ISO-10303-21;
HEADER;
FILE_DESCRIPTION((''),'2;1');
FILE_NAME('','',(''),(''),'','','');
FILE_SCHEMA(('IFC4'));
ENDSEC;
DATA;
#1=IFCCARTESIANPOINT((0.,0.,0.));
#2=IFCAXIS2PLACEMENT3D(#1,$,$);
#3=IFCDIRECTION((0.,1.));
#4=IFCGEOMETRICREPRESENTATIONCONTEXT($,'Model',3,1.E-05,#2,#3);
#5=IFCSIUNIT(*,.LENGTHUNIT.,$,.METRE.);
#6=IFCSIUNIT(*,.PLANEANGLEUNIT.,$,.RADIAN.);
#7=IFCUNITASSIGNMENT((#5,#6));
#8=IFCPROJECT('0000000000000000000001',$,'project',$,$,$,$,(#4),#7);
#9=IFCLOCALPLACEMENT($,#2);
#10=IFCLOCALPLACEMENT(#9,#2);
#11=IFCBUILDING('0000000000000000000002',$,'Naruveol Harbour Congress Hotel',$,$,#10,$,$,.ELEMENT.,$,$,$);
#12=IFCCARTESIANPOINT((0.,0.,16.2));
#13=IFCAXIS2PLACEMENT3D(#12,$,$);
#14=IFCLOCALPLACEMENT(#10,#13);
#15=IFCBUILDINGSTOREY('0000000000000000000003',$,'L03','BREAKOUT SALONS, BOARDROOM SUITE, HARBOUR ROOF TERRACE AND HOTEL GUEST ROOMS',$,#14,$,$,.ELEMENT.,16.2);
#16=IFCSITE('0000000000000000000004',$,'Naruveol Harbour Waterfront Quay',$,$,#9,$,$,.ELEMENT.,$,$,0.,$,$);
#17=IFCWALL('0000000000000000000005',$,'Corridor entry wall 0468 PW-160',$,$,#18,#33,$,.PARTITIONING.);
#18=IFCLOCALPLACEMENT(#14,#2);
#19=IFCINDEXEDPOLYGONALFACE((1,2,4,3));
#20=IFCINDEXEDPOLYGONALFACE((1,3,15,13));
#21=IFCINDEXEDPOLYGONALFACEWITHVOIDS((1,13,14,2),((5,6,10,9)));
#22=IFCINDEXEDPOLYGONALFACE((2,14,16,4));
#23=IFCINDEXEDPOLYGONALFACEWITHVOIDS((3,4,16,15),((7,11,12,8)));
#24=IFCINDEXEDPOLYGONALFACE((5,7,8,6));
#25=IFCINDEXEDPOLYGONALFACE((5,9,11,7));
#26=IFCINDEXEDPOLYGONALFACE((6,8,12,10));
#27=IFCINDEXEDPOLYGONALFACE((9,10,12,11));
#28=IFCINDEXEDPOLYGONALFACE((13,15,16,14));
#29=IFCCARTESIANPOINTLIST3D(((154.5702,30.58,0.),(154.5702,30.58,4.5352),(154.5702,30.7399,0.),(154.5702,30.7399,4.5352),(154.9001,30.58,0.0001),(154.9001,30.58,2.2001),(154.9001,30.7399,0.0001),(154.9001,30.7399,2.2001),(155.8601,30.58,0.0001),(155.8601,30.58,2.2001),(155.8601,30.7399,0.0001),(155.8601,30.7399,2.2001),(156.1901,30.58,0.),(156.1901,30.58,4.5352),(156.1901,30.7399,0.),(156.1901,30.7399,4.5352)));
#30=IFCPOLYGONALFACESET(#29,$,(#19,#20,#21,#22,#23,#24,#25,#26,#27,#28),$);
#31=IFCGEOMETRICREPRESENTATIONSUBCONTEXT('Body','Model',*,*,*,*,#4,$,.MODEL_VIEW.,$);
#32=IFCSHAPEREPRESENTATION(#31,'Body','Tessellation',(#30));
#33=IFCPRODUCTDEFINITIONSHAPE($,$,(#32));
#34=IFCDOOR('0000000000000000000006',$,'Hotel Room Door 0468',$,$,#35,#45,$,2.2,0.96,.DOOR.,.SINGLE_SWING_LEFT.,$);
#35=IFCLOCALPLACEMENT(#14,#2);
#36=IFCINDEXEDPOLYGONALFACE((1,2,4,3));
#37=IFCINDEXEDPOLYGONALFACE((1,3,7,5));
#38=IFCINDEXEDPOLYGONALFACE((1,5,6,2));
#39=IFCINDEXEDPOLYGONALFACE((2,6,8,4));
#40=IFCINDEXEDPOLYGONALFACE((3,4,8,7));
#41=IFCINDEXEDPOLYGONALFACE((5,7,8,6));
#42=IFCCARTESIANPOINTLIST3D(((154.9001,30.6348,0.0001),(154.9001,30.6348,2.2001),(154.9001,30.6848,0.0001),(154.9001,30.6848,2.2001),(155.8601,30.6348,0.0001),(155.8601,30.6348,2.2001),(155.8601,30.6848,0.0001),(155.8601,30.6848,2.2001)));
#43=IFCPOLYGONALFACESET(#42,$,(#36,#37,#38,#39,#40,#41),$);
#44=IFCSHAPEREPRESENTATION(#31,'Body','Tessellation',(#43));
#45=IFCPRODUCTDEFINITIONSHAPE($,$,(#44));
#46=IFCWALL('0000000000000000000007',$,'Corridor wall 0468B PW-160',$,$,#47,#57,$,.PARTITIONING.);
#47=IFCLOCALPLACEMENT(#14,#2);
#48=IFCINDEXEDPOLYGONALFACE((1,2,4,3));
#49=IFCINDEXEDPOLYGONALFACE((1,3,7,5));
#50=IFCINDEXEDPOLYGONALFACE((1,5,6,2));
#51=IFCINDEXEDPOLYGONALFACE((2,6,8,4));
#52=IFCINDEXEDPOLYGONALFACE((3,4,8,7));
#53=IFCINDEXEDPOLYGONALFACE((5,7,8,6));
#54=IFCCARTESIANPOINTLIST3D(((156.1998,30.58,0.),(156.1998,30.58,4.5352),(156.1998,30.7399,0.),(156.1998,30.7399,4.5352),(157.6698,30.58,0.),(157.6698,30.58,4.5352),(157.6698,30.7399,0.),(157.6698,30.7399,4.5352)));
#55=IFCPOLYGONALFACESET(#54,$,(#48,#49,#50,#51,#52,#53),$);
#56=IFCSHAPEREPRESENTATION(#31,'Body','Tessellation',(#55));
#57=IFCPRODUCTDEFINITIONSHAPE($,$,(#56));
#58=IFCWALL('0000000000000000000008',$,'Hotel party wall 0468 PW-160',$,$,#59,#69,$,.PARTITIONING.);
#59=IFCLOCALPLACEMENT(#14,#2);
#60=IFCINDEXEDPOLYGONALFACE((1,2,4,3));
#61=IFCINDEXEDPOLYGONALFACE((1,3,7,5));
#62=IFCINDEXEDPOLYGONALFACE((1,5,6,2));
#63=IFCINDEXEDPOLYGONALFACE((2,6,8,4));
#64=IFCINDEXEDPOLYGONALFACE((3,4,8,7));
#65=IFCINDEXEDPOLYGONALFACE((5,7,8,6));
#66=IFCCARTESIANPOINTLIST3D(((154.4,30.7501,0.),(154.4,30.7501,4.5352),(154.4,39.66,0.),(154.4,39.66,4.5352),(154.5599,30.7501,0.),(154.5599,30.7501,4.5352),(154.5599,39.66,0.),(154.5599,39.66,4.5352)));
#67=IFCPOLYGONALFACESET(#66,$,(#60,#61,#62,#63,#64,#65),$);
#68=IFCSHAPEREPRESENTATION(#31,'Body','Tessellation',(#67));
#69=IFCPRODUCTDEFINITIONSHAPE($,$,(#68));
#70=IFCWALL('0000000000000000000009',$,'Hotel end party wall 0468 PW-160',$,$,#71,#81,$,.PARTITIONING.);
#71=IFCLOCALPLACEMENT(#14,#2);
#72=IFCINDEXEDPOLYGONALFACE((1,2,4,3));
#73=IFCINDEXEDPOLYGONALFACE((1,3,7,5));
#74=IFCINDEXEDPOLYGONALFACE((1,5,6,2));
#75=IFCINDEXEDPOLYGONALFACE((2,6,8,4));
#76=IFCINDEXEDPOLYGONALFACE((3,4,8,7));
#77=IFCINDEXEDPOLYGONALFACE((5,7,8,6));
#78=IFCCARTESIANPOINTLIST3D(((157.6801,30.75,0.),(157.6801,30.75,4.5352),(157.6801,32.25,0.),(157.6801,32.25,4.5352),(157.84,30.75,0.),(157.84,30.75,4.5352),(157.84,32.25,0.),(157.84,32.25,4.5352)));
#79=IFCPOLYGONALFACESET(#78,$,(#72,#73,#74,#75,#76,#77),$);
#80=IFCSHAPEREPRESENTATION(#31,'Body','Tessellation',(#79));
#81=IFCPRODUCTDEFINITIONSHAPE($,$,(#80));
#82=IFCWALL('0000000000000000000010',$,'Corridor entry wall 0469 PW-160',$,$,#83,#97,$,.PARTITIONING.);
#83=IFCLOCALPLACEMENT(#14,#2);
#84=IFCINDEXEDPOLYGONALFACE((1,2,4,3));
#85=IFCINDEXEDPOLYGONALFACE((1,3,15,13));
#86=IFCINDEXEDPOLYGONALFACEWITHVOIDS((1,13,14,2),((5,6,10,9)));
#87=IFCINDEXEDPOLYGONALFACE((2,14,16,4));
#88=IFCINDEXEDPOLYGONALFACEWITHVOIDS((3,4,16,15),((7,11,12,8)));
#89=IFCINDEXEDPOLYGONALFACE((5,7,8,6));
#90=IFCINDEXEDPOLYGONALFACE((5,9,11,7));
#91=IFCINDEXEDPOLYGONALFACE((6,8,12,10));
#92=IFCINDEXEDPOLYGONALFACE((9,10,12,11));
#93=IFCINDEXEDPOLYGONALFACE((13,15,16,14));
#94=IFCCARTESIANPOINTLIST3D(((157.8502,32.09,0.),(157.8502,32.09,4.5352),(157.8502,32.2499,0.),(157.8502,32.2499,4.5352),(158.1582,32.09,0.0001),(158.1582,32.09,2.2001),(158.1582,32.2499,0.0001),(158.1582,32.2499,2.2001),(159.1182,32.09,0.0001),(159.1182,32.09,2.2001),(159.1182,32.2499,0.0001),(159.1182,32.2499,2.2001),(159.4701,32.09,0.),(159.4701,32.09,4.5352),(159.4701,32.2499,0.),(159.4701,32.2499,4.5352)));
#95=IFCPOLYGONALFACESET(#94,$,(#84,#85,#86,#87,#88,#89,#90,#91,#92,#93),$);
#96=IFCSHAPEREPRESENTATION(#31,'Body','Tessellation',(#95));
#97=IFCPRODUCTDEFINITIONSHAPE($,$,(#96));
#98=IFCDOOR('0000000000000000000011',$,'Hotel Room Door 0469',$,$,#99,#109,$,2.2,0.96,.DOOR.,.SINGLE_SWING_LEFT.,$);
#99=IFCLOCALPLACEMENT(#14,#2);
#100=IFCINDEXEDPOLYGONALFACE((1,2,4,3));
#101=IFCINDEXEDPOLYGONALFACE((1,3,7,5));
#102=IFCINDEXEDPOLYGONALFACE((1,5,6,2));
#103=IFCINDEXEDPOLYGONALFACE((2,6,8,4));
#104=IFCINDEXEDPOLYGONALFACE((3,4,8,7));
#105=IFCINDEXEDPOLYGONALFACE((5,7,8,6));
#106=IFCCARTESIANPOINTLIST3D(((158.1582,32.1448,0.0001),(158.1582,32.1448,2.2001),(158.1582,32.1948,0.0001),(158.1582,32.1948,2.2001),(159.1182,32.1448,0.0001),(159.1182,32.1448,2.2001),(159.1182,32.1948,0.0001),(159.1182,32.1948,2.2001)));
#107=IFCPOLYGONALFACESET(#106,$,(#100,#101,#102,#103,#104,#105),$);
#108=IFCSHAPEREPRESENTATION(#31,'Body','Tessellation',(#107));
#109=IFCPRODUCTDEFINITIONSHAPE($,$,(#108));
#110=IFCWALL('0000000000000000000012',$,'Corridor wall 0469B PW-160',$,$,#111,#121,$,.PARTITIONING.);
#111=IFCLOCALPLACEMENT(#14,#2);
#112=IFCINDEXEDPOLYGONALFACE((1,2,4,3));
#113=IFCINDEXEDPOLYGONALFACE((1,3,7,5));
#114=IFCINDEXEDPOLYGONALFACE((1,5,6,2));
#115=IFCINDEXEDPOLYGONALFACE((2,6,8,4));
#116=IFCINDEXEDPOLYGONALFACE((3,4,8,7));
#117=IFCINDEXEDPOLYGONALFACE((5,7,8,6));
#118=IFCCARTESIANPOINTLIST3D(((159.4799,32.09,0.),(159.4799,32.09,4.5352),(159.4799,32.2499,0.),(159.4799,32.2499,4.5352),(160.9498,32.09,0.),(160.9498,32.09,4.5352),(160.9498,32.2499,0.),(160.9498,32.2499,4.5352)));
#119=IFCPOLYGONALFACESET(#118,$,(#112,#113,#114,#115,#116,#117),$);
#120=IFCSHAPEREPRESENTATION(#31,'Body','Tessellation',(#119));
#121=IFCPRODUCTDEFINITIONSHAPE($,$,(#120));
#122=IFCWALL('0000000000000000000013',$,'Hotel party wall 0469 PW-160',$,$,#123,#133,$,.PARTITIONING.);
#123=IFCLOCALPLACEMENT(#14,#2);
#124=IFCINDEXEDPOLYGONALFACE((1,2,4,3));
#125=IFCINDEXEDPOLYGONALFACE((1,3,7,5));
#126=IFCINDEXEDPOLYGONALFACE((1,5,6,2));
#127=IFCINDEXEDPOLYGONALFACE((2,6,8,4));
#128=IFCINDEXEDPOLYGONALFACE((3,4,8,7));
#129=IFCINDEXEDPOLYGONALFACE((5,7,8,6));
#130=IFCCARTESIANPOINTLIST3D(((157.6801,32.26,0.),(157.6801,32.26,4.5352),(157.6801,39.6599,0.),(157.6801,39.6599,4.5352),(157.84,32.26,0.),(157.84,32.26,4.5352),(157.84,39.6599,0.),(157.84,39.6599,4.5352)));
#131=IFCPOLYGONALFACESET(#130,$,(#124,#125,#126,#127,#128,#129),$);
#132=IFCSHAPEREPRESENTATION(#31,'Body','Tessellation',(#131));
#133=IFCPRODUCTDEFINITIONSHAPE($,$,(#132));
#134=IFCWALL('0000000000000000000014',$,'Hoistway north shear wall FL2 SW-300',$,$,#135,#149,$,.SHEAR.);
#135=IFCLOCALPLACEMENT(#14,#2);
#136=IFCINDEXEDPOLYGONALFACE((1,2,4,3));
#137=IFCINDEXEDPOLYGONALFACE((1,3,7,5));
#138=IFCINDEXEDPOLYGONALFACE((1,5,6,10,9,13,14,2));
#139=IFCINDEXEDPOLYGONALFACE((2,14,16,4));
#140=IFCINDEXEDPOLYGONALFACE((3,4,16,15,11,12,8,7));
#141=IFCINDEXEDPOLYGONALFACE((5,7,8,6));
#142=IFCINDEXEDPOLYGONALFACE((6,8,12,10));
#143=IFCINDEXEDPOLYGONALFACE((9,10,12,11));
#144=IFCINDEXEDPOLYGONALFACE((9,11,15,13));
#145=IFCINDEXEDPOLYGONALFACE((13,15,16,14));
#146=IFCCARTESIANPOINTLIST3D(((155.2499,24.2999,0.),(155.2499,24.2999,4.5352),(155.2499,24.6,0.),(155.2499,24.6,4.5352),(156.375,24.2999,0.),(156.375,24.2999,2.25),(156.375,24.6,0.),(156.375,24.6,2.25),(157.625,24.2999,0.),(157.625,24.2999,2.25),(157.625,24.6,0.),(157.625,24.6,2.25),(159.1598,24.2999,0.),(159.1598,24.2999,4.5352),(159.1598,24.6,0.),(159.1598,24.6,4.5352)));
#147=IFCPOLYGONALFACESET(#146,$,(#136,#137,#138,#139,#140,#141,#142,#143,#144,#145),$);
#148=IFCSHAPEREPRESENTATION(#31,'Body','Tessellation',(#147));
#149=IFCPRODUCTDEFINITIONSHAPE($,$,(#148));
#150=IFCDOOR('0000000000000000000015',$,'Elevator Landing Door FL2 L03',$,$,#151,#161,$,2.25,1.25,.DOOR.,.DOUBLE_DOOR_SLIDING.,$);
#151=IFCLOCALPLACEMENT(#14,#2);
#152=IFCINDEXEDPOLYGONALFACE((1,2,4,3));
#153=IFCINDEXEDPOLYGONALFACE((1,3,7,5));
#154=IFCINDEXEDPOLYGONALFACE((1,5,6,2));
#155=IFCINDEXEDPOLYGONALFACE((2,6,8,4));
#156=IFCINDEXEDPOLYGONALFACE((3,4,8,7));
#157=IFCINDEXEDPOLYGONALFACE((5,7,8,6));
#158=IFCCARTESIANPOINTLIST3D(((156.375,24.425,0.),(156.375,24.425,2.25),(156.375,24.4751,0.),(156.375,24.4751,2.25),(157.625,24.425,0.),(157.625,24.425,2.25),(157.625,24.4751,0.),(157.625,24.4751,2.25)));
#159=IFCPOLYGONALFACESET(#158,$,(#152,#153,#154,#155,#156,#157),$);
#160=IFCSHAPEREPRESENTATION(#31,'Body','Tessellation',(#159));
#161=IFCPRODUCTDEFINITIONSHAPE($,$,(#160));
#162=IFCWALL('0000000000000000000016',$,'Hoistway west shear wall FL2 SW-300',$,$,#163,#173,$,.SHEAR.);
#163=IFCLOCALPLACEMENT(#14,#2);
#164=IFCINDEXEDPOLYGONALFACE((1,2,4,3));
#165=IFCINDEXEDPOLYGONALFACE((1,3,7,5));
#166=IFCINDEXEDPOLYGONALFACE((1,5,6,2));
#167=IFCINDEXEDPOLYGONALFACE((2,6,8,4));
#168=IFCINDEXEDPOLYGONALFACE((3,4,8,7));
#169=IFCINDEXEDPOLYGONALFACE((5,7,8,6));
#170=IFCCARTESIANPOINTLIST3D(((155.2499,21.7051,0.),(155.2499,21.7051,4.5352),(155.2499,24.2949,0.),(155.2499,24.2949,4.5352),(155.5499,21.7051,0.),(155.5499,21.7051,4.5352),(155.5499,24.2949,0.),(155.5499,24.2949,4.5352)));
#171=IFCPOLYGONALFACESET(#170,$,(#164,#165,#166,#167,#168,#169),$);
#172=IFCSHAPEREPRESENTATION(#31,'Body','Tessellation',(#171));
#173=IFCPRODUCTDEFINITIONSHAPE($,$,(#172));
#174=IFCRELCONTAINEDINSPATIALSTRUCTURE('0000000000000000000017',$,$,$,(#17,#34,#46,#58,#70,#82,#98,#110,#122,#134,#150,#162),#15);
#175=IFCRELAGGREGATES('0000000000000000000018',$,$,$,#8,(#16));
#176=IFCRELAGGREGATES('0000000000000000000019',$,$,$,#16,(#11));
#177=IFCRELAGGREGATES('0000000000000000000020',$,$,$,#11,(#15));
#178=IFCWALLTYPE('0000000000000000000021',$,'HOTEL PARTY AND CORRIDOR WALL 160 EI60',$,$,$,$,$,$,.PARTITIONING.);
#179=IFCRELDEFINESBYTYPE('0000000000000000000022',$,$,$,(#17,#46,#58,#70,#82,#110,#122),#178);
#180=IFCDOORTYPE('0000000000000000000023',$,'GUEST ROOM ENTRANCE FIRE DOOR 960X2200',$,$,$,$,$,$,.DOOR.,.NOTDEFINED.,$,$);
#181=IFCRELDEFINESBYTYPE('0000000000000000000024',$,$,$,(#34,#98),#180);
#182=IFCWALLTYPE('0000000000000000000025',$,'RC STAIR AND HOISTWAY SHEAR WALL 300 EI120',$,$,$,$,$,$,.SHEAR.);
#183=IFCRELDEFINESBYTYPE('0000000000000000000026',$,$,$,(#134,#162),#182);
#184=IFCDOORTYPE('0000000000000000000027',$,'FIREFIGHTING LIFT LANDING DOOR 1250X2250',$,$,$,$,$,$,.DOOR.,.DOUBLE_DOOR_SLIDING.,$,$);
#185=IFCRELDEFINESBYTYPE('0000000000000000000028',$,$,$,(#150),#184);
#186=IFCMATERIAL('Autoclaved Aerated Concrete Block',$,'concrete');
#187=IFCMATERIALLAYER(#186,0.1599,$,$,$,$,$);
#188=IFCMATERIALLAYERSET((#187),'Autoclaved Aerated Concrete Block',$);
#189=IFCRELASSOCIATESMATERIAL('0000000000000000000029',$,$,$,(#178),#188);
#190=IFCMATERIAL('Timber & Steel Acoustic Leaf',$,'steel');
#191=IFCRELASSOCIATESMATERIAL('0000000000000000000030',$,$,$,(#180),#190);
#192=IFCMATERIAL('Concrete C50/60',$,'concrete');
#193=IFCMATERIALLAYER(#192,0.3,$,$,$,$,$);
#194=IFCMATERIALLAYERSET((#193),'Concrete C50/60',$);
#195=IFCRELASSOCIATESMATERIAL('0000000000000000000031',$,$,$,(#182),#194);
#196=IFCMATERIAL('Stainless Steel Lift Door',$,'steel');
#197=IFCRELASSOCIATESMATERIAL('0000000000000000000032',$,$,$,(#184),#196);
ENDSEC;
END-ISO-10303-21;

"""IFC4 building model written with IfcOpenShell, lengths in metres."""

from ifc_helpers import new_model, si_unit, direction, frame, frame_2d, origin, place, context, subcontext, project, spatial, rectangle, extrude, material, layer, layer_set, type_object, element, fill, save


model = new_model("IFC4")

# Units and contexts
model_context = context("Model", 3, precision=1e-05, world=origin(), true_north=direction((0.0, 1.0)))
body_context = subcontext(model_context, "Body", "Model", "MODEL_VIEW")
ifc_project = project(units=[si_unit("LENGTHUNIT", "METRE"), si_unit("PLANEANGLEUNIT", "RADIAN")], contexts=[model_context])

# Site, building, storey
site_placement = place(None, origin())
site = spatial("IfcSite", under=ifc_project, at=site_placement, Name="Naruveol Harbour Waterfront Quay", CompositionType="ELEMENT", RefElevation=0.0)
building_placement = place(site_placement, origin())
building = spatial("IfcBuilding", under=site, at=building_placement, Name="Naruveol Harbour Congress Hotel", CompositionType="ELEMENT")
storey_placement = place(building_placement, frame((0.0, 0.0, 16.2)))
storey = spatial("IfcBuildingStorey", under=building, at=storey_placement, Name="L03", Description="BREAKOUT SALONS, BOARDROOM SUITE, HARBOUR ROOF TERRACE AND HOTEL GUEST ROOMS", CompositionType="ELEMENT", Elevation=16.2)

# Wall, opening, door
ifc_material_1 = material(Name="Autoclaved Aerated Concrete Block", Category="concrete")
ifc_layer_1 = layer(ifc_material_1, 0.1599)
ifc_layer_set_1 = layer_set([ifc_layer_1], Name="Autoclaved Aerated Concrete Block")
wall_type_1 = type_object("IfcWallType", Name="HOTEL PARTY AND CORRIDOR WALL 160 EI60", PredefinedType="PARTITIONING", material=ifc_layer_set_1)
wall_1_placement = place(storey_placement, frame((154.5701, 30.6599, 0.0), z_axis=(0.0, 0.0, 1.0), x_axis=(1.0, 0.0, 0.0)))
wall_1 = element("IfcWall", 1, at=wall_1_placement, inside=storey, type_object=wall_type_1, Name="Corridor entry wall 0468 PW-160", PredefinedType="PARTITIONING", context=body_context, shape_type="SweptSolid", body=[
    extrude(rectangle(XDim=1.6199, YDim=0.1599, at=frame_2d((0.8101, 0.0))), origin(), (0.0, 0.0, 1.0), 4.5352),
])
opening_1_placement = place(wall_1_placement, frame((0.3301, 0.0, 0.0)))
opening_1 = element("IfcOpeningElement", 2, at=opening_1_placement, cuts=wall_1, PredefinedType="OPENING", context=body_context, shape_type="SweptSolid", body=[
    extrude(rectangle(XDim=0.96, YDim=2.2, at=frame_2d((0.48, 1.1001))), frame((0.0, 0.0898, 0.0), z_axis=(0.0, -1.0, 0.0), x_axis=(1.0, 0.0, 0.0)), (0.0, 0.0, 1.0), 0.1799),
])
ifc_material_2 = material(Name="Timber & Steel Acoustic Leaf", Category="steel")
door_type_1 = type_object("IfcDoorType", Name="GUEST ROOM ENTRANCE FIRE DOOR 960X2200", OperationType="NOTDEFINED", PredefinedType="DOOR", material=ifc_material_2)
door_1_placement = place(opening_1_placement, origin())
door_1 = element("IfcDoor", 3, at=door_1_placement, inside=storey, type_object=door_type_1, Name="Hotel Room Door 0468", OperationType="SINGLE_SWING_LEFT", OverallHeight=2.2, OverallWidth=0.96, PredefinedType="DOOR", context=body_context, shape_type="SweptSolid", body=[
    extrude(rectangle(XDim=0.96, YDim=2.2, at=frame_2d((0.48, 1.1001))), frame((0.0, 0.0249, 0.0), z_axis=(0.0, -1.0, 0.0), x_axis=(1.0, 0.0, 0.0)), (0.0, 0.0, 1.0), 0.05),
])
fill(opening_1, door_1)

# Walls
wall_2_placement = place(storey_placement, frame((156.2, 30.6599, 0.0), z_axis=(0.0, 0.0, 1.0), x_axis=(1.0, 0.0, 0.0)))
element("IfcWall", 4, at=wall_2_placement, inside=storey, type_object=wall_type_1, Name="Corridor wall 0468B PW-160", PredefinedType="PARTITIONING", context=body_context, shape_type="SweptSolid", body=[
    extrude(rectangle(XDim=1.47, YDim=0.1599, at=frame_2d((0.7349, 0.0))), origin(), (0.0, 0.0, 1.0), 4.5352),
])
wall_3_placement = place(storey_placement, frame((154.48, 30.75, 0.0), z_axis=(0.0, 0.0, 1.0), x_axis=(0.0, 1.0, 0.0)))
element("IfcWall", 5, at=wall_3_placement, inside=storey, type_object=wall_type_1, Name="Hotel party wall 0468 PW-160", PredefinedType="PARTITIONING", context=body_context, shape_type="SweptSolid", body=[
    extrude(rectangle(XDim=8.9099, YDim=0.1599, at=frame_2d((4.4551, 0.0))), origin(), (0.0, 0.0, 1.0), 4.5352),
])
wall_4_placement = place(storey_placement, frame((157.76, 30.75, 0.0), z_axis=(0.0, 0.0, 1.0), x_axis=(0.0, 1.0, 0.0)))
element("IfcWall", 6, at=wall_4_placement, inside=storey, type_object=wall_type_1, Name="Hotel end party wall 0468 PW-160", PredefinedType="PARTITIONING", context=body_context, shape_type="SweptSolid", body=[
    extrude(rectangle(XDim=1.5, YDim=0.1599, at=frame_2d((0.75, 0.0))), origin(), (0.0, 0.0, 1.0), 4.5352),
])

# Wall, opening, door
wall_5_placement = place(storey_placement, frame((157.8501, 32.1699, 0.0), z_axis=(0.0, 0.0, 1.0), x_axis=(1.0, 0.0, 0.0)))
wall_5 = element("IfcWall", 7, at=wall_5_placement, inside=storey, type_object=wall_type_1, Name="Corridor entry wall 0469 PW-160", PredefinedType="PARTITIONING", context=body_context, shape_type="SweptSolid", body=[
    extrude(rectangle(XDim=1.6199, YDim=0.1599, at=frame_2d((0.8101, 0.0))), origin(), (0.0, 0.0, 1.0), 4.5352),
])
opening_2_placement = place(wall_5_placement, frame((0.3081, 0.0, 0.0)))
opening_2 = element("IfcOpeningElement", 8, at=opening_2_placement, cuts=wall_5, PredefinedType="OPENING", context=body_context, shape_type="SweptSolid", body=[
    extrude(rectangle(XDim=0.96, YDim=2.2, at=frame_2d((0.48, 1.1001))), frame((0.0, 0.0898, 0.0), z_axis=(0.0, -1.0, 0.0), x_axis=(1.0, 0.0, 0.0)), (0.0, 0.0, 1.0), 0.1799),
])
door_2_placement = place(opening_2_placement, origin())
door_2 = element("IfcDoor", 9, at=door_2_placement, inside=storey, type_object=door_type_1, Name="Hotel Room Door 0469", OperationType="SINGLE_SWING_LEFT", OverallHeight=2.2, OverallWidth=0.96, PredefinedType="DOOR", context=body_context, shape_type="SweptSolid", body=[
    extrude(rectangle(XDim=0.96, YDim=2.2, at=frame_2d((0.48, 1.1001))), frame((0.0, 0.0249, 0.0), z_axis=(0.0, -1.0, 0.0), x_axis=(1.0, 0.0, 0.0)), (0.0, 0.0, 1.0), 0.05),
])
fill(opening_2, door_2)

# Walls
wall_6_placement = place(storey_placement, frame((159.48, 32.1699, 0.0), z_axis=(0.0, 0.0, 1.0), x_axis=(1.0, 0.0, 0.0)))
element("IfcWall", 10, at=wall_6_placement, inside=storey, type_object=wall_type_1, Name="Corridor wall 0469B PW-160", PredefinedType="PARTITIONING", context=body_context, shape_type="SweptSolid", body=[
    extrude(rectangle(XDim=1.47, YDim=0.1599, at=frame_2d((0.7349, 0.0))), origin(), (0.0, 0.0, 1.0), 4.5352),
])
wall_7_placement = place(storey_placement, frame((157.76, 32.26, 0.0), z_axis=(0.0, 0.0, 1.0), x_axis=(0.0, 1.0, 0.0)))
element("IfcWall", 11, at=wall_7_placement, inside=storey, type_object=wall_type_1, Name="Hotel party wall 0469 PW-160", PredefinedType="PARTITIONING", context=body_context, shape_type="SweptSolid", body=[
    extrude(rectangle(XDim=7.3999, YDim=0.1599, at=frame_2d((3.7, 0.0))), origin(), (0.0, 0.0, 1.0), 4.5352),
])

# Wall, opening, door
ifc_material_3 = material(Name="Concrete C50/60", Category="concrete")
ifc_layer_2 = layer(ifc_material_3, 0.3)
ifc_layer_set_2 = layer_set([ifc_layer_2], Name="Concrete C50/60")
wall_type_2 = type_object("IfcWallType", Name="RC STAIR AND HOISTWAY SHEAR WALL 300 EI120", PredefinedType="SHEAR", material=ifc_layer_set_2)
wall_8_placement = place(storey_placement, frame((159.1599, 24.45, 0.0), z_axis=(0.0, 0.0, 1.0), x_axis=(-1.0, 0.0, 0.0)))
wall_8 = element("IfcWall", 12, at=wall_8_placement, inside=storey, type_object=wall_type_2, Name="Hoistway north shear wall FL2 SW-300", PredefinedType="SHEAR", context=body_context, shape_type="SweptSolid", body=[
    extrude(rectangle(XDim=3.9099, YDim=0.3, at=frame_2d((1.9551, 0.0))), origin(), (0.0, 0.0, 1.0), 4.5352),
])
opening_3_placement = place(wall_8_placement, frame((1.5349, 0.0, 0.0)))
opening_3 = element("IfcOpeningElement", 13, at=opening_3_placement, cuts=wall_8, PredefinedType="OPENING", context=body_context, shape_type="SweptSolid", body=[
    extrude(rectangle(XDim=1.25, YDim=2.25, at=frame_2d((0.625, 1.125))), frame((0.0, 0.1599, 0.0), z_axis=(0.0, -1.0, 0.0), x_axis=(1.0, 0.0, 0.0)), (0.0, 0.0, 1.0), 0.3201),
])
ifc_material_4 = material(Name="Stainless Steel Lift Door", Category="steel")
door_type_2 = type_object("IfcDoorType", Name="FIREFIGHTING LIFT LANDING DOOR 1250X2250", OperationType="DOUBLE_DOOR_SLIDING", PredefinedType="DOOR", material=ifc_material_4)
door_3_placement = place(opening_3_placement, origin())
door_3 = element("IfcDoor", 14, at=door_3_placement, inside=storey, type_object=door_type_2, Name="Elevator Landing Door FL2 L03", OperationType="DOUBLE_DOOR_SLIDING", OverallHeight=2.25, OverallWidth=1.25, PredefinedType="DOOR", context=body_context, shape_type="SweptSolid", body=[
    extrude(rectangle(XDim=1.25, YDim=2.25, at=frame_2d((0.625, 1.125))), frame((0.0, 0.0249, 0.0), z_axis=(0.0, -1.0, 0.0), x_axis=(1.0, 0.0, 0.0)), (0.0, 0.0, 1.0), 0.05),
])
fill(opening_3, door_3)

# Wall
wall_9_placement = place(storey_placement, frame((155.3999, 24.2949, 0.0), z_axis=(0.0, 0.0, 1.0), x_axis=(0.0, -1.0, 0.0)))
element("IfcWall", 15, at=wall_9_placement, inside=storey, type_object=wall_type_2, Name="Hoistway west shear wall FL2 SW-300", PredefinedType="SHEAR", context=body_context, shape_type="SweptSolid", body=[
    extrude(rectangle(XDim=2.5898, YDim=0.3, at=frame_2d((1.2949, 0.0))), origin(), (0.0, 0.0, 1.0), 4.5352),
])

save(model, "model.ifc")
